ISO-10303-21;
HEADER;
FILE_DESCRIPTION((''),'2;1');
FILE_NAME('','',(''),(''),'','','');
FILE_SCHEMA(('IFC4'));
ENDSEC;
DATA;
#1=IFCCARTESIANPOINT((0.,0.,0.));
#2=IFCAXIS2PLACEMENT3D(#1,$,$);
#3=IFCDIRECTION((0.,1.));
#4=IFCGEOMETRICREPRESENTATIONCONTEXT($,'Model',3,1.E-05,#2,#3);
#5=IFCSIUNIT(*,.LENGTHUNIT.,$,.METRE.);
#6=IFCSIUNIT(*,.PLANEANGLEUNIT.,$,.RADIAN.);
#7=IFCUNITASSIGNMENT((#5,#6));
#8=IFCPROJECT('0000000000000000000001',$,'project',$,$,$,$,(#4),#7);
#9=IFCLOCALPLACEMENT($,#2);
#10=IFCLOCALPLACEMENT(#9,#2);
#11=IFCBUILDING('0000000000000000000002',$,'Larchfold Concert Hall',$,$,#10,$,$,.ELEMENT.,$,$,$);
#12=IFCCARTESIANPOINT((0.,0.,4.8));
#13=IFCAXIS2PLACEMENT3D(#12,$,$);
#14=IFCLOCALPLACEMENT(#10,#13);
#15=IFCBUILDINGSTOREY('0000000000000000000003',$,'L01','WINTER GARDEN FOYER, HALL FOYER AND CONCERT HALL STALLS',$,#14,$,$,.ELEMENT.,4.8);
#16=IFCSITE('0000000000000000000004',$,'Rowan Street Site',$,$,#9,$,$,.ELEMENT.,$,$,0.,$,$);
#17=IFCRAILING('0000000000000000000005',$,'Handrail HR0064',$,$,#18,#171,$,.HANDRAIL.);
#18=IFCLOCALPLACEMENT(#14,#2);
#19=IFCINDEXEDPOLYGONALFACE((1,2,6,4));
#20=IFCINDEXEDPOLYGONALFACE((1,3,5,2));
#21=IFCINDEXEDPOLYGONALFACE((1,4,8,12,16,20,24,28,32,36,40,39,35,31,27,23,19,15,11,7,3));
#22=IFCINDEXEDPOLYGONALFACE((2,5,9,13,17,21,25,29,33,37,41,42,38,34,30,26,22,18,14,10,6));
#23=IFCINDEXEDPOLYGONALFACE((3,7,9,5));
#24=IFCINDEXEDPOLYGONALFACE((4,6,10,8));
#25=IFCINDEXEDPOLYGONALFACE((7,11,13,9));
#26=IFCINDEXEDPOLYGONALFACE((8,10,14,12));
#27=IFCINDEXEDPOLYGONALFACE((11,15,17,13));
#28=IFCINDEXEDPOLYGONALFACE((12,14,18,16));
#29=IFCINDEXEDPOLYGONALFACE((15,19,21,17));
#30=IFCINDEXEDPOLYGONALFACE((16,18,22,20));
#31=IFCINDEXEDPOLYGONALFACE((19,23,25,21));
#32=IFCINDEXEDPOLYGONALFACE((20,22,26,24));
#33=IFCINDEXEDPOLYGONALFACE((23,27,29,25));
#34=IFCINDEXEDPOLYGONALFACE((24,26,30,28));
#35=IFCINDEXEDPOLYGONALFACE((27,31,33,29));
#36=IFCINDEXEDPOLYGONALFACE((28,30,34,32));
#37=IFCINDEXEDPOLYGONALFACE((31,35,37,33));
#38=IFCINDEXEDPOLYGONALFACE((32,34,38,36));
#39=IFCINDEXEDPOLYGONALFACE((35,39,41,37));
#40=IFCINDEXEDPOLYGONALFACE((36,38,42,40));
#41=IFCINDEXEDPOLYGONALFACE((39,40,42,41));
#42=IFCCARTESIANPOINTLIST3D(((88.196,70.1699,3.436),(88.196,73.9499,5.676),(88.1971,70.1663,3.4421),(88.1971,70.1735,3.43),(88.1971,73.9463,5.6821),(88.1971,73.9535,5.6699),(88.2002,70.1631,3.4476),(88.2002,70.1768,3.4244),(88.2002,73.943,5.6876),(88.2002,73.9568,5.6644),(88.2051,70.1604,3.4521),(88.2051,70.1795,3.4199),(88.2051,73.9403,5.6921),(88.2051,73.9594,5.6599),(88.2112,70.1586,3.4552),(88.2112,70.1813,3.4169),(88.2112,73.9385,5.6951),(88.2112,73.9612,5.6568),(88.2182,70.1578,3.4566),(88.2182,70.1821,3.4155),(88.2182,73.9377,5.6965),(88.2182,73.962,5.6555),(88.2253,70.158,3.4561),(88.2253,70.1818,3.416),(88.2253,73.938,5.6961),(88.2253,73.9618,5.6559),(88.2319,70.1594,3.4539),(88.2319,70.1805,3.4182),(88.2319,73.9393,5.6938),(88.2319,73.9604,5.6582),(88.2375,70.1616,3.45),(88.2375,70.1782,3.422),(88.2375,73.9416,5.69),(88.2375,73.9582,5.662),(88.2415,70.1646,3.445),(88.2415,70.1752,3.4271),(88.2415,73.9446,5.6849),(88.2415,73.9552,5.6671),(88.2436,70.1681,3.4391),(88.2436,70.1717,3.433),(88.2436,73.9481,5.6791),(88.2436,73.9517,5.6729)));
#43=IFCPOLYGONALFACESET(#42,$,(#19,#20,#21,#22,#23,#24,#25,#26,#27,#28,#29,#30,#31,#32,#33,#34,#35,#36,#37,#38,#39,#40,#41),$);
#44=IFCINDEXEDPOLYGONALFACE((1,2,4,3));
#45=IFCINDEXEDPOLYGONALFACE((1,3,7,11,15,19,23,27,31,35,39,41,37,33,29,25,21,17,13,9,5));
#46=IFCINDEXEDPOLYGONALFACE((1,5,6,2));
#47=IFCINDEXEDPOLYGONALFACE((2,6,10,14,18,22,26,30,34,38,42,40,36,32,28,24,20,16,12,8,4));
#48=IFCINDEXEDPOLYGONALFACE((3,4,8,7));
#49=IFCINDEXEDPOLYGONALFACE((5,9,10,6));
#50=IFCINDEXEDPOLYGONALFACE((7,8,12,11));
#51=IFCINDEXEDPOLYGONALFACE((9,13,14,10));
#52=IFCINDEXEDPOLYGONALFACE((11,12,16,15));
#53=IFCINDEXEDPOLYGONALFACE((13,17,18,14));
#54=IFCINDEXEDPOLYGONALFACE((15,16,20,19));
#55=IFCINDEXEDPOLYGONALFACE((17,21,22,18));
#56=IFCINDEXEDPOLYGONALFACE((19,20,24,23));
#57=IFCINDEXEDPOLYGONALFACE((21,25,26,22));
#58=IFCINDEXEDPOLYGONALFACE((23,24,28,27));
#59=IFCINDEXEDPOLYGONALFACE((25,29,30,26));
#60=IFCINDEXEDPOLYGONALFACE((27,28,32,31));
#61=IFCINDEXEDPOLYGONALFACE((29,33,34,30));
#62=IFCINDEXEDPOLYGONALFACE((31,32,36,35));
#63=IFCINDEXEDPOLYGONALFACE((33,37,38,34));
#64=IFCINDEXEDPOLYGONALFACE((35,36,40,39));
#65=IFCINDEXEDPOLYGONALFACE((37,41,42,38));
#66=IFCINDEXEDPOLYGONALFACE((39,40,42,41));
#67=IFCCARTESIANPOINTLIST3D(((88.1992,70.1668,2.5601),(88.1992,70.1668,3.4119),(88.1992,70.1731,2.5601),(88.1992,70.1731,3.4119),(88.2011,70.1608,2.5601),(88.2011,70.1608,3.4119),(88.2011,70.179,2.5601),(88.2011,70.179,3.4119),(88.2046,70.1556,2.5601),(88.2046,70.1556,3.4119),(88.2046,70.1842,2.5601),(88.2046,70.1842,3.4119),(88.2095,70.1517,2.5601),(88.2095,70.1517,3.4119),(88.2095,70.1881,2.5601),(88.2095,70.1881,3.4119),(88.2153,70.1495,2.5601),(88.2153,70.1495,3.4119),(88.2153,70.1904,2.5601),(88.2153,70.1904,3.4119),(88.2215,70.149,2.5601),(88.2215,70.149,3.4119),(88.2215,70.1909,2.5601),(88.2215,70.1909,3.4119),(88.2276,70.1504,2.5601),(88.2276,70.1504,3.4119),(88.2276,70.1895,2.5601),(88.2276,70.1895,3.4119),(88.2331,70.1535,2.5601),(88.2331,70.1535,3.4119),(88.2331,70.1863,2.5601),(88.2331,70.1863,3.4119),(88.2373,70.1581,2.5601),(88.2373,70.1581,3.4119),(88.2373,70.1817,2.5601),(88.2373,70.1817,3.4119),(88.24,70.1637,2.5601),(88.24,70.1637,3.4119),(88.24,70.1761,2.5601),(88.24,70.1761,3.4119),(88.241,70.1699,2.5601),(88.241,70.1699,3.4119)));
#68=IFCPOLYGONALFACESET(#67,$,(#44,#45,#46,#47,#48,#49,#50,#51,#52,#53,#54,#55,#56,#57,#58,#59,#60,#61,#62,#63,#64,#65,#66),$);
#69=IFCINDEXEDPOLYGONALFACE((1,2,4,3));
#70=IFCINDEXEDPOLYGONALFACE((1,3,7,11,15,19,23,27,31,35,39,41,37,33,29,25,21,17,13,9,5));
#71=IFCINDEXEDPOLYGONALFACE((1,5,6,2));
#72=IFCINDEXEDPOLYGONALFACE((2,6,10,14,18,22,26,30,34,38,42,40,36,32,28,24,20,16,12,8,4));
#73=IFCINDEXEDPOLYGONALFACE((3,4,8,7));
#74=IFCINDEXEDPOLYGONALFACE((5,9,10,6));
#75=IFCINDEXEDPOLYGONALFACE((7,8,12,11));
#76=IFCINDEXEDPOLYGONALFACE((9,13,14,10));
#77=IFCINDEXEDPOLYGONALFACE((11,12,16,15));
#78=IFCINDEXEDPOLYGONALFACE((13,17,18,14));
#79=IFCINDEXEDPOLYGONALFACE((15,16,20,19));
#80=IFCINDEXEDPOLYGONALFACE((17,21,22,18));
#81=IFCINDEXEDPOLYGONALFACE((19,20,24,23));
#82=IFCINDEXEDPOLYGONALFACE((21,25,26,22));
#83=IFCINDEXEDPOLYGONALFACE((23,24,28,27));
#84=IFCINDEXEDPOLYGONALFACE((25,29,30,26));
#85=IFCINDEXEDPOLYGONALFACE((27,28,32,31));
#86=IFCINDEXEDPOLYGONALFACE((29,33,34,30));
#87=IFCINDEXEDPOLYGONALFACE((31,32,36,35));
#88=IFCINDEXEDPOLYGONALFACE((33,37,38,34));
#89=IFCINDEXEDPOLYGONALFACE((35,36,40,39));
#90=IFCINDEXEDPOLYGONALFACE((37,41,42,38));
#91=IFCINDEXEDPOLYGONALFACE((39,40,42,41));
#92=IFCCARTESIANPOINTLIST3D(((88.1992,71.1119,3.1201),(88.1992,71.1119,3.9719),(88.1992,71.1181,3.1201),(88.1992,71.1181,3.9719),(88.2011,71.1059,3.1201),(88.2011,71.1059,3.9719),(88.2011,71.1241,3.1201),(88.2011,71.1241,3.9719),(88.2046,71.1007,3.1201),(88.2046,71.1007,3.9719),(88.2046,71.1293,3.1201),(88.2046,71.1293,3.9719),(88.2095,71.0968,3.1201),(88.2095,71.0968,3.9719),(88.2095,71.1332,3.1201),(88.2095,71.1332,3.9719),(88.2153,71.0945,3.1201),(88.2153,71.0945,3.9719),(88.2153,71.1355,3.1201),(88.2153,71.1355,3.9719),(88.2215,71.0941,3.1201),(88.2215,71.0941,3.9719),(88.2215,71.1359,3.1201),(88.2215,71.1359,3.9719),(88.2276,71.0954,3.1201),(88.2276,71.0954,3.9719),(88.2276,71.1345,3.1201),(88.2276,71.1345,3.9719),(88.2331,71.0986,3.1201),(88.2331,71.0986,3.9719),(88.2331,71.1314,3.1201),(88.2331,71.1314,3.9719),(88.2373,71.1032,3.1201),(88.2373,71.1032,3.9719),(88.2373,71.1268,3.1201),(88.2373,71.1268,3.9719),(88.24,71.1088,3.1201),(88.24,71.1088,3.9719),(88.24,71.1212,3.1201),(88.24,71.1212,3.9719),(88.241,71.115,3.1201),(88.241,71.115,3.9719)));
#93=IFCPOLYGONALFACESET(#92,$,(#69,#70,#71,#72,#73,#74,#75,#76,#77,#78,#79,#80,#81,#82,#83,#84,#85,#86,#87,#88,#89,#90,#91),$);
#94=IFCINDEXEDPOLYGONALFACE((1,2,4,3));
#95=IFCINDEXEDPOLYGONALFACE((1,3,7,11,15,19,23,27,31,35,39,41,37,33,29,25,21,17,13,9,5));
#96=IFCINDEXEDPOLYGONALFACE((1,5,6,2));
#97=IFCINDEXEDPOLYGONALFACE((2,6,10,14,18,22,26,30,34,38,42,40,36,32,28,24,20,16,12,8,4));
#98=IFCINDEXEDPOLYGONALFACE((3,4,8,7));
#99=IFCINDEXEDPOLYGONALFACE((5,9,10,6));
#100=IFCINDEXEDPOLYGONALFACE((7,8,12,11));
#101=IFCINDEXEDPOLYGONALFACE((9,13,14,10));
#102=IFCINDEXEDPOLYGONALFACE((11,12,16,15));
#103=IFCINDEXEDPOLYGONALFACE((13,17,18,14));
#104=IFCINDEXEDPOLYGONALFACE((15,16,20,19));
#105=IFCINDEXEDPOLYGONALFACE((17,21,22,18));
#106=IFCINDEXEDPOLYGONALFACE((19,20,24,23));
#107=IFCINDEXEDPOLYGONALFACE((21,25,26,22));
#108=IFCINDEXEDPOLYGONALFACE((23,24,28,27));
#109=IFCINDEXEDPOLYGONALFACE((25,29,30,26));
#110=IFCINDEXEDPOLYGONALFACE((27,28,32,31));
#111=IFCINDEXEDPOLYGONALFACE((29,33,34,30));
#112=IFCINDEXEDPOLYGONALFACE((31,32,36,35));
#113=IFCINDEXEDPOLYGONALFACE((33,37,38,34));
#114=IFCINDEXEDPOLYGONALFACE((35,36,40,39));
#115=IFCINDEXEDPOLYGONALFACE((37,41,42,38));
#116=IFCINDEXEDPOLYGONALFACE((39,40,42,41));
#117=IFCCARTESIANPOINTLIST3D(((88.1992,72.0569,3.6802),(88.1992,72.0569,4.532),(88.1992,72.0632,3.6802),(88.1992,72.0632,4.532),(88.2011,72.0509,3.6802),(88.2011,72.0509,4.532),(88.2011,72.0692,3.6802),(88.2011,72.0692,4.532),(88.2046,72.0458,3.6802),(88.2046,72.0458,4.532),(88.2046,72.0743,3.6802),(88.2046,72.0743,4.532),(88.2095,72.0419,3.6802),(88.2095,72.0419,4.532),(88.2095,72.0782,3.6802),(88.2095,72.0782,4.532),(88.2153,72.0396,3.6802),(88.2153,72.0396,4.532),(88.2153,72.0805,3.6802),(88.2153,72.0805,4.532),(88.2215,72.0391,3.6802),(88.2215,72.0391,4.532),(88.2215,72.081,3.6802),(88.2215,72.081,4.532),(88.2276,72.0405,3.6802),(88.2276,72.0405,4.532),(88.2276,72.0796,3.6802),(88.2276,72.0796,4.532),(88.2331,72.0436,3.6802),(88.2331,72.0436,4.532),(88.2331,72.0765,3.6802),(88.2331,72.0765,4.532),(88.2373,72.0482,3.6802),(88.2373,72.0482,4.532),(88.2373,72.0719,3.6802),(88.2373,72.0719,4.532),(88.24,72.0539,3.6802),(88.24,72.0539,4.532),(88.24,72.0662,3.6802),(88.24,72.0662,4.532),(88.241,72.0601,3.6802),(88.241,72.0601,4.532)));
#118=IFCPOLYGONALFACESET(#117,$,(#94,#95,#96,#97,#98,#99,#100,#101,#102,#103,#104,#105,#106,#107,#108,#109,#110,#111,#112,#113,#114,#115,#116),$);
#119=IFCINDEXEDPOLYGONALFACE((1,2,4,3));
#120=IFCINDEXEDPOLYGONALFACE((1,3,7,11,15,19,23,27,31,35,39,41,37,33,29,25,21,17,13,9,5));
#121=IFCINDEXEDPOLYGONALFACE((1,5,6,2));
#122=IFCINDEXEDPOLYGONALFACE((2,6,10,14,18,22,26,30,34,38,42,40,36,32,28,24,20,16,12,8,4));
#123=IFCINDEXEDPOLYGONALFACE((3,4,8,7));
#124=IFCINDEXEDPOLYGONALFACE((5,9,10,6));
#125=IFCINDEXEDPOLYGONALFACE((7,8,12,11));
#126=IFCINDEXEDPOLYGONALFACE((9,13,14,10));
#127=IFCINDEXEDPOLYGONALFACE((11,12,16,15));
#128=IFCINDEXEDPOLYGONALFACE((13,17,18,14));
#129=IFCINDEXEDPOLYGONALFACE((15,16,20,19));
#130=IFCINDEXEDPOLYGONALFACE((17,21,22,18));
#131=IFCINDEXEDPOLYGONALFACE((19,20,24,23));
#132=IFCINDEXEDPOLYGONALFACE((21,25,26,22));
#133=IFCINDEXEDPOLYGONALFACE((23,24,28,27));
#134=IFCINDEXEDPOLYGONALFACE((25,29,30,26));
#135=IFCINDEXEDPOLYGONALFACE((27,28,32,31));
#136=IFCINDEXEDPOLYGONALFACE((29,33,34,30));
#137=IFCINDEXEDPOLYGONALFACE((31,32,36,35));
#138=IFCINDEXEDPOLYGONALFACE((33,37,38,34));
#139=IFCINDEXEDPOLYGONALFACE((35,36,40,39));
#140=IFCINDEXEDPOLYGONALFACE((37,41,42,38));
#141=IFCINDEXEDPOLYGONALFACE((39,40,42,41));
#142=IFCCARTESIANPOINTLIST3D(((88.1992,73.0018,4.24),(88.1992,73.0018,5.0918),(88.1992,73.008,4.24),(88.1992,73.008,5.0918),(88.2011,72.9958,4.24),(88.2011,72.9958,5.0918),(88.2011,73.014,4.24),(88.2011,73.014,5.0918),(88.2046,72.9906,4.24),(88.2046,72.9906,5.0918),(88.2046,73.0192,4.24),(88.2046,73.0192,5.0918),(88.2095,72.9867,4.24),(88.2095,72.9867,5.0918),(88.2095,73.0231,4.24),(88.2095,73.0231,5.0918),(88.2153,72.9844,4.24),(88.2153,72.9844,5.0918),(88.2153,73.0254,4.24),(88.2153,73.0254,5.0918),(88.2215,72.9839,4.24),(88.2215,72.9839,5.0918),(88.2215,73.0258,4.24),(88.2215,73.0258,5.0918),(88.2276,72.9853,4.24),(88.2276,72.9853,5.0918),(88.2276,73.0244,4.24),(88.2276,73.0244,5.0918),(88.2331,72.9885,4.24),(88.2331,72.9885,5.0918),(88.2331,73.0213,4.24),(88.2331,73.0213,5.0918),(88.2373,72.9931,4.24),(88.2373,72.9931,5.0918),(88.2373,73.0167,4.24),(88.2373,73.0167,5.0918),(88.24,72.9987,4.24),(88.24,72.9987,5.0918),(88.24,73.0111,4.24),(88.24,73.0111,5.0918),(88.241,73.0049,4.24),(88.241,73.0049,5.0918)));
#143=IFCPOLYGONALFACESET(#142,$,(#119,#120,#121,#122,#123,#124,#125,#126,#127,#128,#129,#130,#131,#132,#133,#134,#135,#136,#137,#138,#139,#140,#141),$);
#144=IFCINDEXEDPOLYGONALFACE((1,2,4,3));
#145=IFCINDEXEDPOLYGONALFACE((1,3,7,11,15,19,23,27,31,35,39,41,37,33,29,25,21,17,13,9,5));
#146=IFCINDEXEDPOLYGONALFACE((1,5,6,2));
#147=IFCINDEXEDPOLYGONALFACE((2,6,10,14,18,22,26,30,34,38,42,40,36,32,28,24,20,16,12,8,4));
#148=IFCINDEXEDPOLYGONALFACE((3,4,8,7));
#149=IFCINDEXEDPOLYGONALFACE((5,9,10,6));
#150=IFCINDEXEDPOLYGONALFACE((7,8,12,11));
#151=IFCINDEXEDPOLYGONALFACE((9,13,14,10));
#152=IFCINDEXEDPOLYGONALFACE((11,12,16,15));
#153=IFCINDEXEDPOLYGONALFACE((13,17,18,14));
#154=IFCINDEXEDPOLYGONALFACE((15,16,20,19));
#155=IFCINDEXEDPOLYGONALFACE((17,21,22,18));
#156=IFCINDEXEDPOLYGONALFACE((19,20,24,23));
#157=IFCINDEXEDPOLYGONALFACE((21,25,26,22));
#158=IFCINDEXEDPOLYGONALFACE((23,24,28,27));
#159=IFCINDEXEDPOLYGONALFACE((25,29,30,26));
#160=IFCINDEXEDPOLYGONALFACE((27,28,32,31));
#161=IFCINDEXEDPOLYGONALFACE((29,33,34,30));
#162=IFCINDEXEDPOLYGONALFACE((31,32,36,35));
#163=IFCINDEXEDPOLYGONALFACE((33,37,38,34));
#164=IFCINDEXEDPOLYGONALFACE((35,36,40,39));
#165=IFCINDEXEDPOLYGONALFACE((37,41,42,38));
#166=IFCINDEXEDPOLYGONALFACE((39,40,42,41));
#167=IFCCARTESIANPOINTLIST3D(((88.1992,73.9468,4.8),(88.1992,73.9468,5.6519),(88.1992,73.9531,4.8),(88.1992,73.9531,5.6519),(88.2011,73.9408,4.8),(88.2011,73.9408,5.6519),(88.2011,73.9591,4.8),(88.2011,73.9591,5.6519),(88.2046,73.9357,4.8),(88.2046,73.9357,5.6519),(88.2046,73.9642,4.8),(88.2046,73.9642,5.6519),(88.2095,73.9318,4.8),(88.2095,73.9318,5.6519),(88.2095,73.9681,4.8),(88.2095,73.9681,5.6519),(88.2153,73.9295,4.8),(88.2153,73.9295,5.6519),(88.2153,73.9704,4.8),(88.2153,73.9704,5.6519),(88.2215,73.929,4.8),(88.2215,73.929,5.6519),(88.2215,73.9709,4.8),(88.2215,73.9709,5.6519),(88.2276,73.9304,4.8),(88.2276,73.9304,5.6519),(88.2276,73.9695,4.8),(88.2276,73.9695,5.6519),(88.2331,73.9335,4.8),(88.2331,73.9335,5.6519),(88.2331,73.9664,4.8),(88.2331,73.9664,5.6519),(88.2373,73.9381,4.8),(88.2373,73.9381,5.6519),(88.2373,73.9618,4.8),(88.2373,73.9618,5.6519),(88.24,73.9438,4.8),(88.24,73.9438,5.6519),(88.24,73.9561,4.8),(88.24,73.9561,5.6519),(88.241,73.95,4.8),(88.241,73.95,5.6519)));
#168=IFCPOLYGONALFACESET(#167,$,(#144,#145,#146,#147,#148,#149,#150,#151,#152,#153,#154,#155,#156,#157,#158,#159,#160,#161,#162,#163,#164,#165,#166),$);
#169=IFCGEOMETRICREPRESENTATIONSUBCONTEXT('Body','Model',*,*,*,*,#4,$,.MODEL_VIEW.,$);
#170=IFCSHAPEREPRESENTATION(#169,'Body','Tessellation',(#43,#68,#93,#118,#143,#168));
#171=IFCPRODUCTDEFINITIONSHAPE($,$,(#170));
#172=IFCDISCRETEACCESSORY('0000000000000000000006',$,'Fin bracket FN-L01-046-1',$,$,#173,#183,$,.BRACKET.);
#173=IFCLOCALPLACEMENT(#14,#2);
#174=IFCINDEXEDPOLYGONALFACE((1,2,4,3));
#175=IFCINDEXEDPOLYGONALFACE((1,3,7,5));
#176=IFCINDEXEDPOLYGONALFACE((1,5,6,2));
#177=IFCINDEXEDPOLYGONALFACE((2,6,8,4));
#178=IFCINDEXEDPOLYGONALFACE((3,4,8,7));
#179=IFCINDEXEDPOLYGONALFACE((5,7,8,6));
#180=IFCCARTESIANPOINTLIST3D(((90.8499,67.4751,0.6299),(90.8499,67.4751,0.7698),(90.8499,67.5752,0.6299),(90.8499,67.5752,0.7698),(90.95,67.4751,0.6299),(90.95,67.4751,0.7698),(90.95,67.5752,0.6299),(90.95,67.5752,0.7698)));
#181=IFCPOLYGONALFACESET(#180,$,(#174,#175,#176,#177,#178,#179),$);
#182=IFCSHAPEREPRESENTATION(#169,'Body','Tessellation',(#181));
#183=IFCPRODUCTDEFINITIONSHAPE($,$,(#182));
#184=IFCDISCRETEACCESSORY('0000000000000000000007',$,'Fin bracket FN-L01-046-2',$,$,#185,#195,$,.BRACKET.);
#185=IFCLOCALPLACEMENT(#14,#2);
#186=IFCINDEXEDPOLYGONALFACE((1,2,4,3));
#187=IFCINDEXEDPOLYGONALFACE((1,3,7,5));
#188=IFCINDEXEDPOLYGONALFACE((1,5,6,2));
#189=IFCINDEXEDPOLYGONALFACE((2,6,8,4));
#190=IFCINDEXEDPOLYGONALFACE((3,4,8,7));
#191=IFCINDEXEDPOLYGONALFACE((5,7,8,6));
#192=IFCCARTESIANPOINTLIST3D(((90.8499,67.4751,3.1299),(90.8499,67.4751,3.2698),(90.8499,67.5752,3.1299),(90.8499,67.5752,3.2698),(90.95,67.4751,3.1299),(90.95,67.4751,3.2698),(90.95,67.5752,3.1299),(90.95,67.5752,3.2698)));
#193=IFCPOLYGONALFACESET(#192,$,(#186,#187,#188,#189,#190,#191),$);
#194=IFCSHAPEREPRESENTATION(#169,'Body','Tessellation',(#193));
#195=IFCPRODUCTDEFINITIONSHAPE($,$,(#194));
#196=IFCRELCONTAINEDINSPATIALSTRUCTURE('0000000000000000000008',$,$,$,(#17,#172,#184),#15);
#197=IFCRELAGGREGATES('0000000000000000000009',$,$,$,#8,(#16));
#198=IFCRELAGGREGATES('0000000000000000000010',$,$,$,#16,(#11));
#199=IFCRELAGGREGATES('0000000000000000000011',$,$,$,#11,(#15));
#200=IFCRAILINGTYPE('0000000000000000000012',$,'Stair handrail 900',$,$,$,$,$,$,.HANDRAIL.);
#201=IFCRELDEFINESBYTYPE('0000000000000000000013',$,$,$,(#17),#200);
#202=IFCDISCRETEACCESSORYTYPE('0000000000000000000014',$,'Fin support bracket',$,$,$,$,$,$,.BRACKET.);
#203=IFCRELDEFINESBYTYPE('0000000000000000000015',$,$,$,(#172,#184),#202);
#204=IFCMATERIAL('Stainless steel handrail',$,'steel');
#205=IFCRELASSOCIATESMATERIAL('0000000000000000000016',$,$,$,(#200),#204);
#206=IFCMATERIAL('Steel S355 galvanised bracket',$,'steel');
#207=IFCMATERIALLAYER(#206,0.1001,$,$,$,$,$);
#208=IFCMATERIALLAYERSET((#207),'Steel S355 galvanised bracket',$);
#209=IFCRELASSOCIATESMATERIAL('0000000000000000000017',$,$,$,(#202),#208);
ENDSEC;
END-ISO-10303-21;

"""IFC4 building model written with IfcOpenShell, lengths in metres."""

from ifc_helpers import new_model, si_unit, direction, frame, origin, origin_2d, place, context, subcontext, project, spatial, rectangle, circle, extrude, material, layer, layer_set, type_object, element, save


model = new_model("IFC4")

# Units and contexts
model_context = context("Model", 3, precision=1e-05, world=origin(), true_north=direction((0.0, 1.0)))
body_context = subcontext(model_context, "Body", "Model", "MODEL_VIEW")
ifc_project = project(units=[si_unit("LENGTHUNIT", "METRE"), si_unit("PLANEANGLEUNIT", "RADIAN")], contexts=[model_context])

# Site, building, storey
site_placement = place(None, origin())
site = spatial("IfcSite", under=ifc_project, at=site_placement, Name="Rowan Street Site", CompositionType="ELEMENT", RefElevation=0.0)
building_placement = place(site_placement, origin())
building = spatial("IfcBuilding", under=site, at=building_placement, Name="Larchfold Concert Hall", CompositionType="ELEMENT")
storey_placement = place(building_placement, frame((0.0, 0.0, 4.8)))
storey = spatial("IfcBuildingStorey", under=building, at=storey_placement, Name="L01", Description="WINTER GARDEN FOYER, HALL FOYER AND CONCERT HALL STALLS", CompositionType="ELEMENT", Elevation=4.8)

# Railing
ifc_material_1 = material(Name="Stainless steel handrail", Category="steel")
railing_type_1 = type_object("IfcRailingType", Name="Stair handrail 900", PredefinedType="HANDRAIL", material=ifc_material_1)
railing_1_placement = place(storey_placement, frame((88.22, 70.1699, 2.5601)))
element("IfcRailing", 1, at=railing_1_placement, inside=storey, type_object=railing_type_1, Name="Handrail HR0064", PredefinedType="HANDRAIL", context=body_context, shape_type="SweptSolid", body=[
    extrude(circle(Radius=0.0239, at=origin_2d()), frame((0.0, 0.0, 0.876), z_axis=(0.0, 0.860294, 0.509798), x_axis=(-1.0, 0.0, 0.0)), (0.0, 0.0, 1.0), 4.3938),
    extrude(circle(Radius=0.021, at=origin_2d()), origin(), (0.0, 0.0, 1.0), 0.8518),
    extrude(circle(Radius=0.021, at=origin_2d()), frame((0.0, 0.9451, 0.5601)), (0.0, 0.0, 1.0), 0.8518),
    extrude(circle(Radius=0.021, at=origin_2d()), frame((0.0, 1.8901, 1.1201)), (0.0, 0.0, 1.0), 0.8518),
    extrude(circle(Radius=0.021, at=origin_2d()), frame((0.0, 2.835, 1.6799)), (0.0, 0.0, 1.0), 0.8518),
    extrude(circle(Radius=0.021, at=origin_2d()), frame((0.0, 3.78, 2.24)), (0.0, 0.0, 1.0), 0.8518),
])

# Discrete accessories
ifc_material_2 = material(Name="Steel S355 galvanised bracket", Category="steel")
ifc_layer_1 = layer(ifc_material_2, 0.1001)
ifc_layer_set_1 = layer_set([ifc_layer_1], Name="Steel S355 galvanised bracket")
discrete_accessory_type = type_object("IfcDiscreteAccessoryType", Name="Fin support bracket", PredefinedType="BRACKET", material=ifc_layer_set_1)
for number, where, z_axis, x_axis, name in (
    (2, (90.8999, 67.5251, 0.6299), (0.0, 0.0, 1.0), (0.0, -1.0, 0.0), "Fin bracket FN-L01-046-1"),
    (3, (90.8999, 67.5251, 3.1299), (0.0, 0.0, 1.0), (0.0, -1.0, 0.0), "Fin bracket FN-L01-046-2"),
):
    element("IfcDiscreteAccessory", number, at=place(storey_placement, frame(where, z_axis=z_axis, x_axis=x_axis)), inside=storey, type_object=discrete_accessory_type, Name=name, PredefinedType="BRACKET", context=body_context, shape_type="SweptSolid", body=[
        extrude(rectangle(XDim=0.1001, YDim=0.1001, at=origin_2d()), origin(), (0.0, 0.0, 1.0), 0.1399),
    ])

save(model, "model.ifc")
